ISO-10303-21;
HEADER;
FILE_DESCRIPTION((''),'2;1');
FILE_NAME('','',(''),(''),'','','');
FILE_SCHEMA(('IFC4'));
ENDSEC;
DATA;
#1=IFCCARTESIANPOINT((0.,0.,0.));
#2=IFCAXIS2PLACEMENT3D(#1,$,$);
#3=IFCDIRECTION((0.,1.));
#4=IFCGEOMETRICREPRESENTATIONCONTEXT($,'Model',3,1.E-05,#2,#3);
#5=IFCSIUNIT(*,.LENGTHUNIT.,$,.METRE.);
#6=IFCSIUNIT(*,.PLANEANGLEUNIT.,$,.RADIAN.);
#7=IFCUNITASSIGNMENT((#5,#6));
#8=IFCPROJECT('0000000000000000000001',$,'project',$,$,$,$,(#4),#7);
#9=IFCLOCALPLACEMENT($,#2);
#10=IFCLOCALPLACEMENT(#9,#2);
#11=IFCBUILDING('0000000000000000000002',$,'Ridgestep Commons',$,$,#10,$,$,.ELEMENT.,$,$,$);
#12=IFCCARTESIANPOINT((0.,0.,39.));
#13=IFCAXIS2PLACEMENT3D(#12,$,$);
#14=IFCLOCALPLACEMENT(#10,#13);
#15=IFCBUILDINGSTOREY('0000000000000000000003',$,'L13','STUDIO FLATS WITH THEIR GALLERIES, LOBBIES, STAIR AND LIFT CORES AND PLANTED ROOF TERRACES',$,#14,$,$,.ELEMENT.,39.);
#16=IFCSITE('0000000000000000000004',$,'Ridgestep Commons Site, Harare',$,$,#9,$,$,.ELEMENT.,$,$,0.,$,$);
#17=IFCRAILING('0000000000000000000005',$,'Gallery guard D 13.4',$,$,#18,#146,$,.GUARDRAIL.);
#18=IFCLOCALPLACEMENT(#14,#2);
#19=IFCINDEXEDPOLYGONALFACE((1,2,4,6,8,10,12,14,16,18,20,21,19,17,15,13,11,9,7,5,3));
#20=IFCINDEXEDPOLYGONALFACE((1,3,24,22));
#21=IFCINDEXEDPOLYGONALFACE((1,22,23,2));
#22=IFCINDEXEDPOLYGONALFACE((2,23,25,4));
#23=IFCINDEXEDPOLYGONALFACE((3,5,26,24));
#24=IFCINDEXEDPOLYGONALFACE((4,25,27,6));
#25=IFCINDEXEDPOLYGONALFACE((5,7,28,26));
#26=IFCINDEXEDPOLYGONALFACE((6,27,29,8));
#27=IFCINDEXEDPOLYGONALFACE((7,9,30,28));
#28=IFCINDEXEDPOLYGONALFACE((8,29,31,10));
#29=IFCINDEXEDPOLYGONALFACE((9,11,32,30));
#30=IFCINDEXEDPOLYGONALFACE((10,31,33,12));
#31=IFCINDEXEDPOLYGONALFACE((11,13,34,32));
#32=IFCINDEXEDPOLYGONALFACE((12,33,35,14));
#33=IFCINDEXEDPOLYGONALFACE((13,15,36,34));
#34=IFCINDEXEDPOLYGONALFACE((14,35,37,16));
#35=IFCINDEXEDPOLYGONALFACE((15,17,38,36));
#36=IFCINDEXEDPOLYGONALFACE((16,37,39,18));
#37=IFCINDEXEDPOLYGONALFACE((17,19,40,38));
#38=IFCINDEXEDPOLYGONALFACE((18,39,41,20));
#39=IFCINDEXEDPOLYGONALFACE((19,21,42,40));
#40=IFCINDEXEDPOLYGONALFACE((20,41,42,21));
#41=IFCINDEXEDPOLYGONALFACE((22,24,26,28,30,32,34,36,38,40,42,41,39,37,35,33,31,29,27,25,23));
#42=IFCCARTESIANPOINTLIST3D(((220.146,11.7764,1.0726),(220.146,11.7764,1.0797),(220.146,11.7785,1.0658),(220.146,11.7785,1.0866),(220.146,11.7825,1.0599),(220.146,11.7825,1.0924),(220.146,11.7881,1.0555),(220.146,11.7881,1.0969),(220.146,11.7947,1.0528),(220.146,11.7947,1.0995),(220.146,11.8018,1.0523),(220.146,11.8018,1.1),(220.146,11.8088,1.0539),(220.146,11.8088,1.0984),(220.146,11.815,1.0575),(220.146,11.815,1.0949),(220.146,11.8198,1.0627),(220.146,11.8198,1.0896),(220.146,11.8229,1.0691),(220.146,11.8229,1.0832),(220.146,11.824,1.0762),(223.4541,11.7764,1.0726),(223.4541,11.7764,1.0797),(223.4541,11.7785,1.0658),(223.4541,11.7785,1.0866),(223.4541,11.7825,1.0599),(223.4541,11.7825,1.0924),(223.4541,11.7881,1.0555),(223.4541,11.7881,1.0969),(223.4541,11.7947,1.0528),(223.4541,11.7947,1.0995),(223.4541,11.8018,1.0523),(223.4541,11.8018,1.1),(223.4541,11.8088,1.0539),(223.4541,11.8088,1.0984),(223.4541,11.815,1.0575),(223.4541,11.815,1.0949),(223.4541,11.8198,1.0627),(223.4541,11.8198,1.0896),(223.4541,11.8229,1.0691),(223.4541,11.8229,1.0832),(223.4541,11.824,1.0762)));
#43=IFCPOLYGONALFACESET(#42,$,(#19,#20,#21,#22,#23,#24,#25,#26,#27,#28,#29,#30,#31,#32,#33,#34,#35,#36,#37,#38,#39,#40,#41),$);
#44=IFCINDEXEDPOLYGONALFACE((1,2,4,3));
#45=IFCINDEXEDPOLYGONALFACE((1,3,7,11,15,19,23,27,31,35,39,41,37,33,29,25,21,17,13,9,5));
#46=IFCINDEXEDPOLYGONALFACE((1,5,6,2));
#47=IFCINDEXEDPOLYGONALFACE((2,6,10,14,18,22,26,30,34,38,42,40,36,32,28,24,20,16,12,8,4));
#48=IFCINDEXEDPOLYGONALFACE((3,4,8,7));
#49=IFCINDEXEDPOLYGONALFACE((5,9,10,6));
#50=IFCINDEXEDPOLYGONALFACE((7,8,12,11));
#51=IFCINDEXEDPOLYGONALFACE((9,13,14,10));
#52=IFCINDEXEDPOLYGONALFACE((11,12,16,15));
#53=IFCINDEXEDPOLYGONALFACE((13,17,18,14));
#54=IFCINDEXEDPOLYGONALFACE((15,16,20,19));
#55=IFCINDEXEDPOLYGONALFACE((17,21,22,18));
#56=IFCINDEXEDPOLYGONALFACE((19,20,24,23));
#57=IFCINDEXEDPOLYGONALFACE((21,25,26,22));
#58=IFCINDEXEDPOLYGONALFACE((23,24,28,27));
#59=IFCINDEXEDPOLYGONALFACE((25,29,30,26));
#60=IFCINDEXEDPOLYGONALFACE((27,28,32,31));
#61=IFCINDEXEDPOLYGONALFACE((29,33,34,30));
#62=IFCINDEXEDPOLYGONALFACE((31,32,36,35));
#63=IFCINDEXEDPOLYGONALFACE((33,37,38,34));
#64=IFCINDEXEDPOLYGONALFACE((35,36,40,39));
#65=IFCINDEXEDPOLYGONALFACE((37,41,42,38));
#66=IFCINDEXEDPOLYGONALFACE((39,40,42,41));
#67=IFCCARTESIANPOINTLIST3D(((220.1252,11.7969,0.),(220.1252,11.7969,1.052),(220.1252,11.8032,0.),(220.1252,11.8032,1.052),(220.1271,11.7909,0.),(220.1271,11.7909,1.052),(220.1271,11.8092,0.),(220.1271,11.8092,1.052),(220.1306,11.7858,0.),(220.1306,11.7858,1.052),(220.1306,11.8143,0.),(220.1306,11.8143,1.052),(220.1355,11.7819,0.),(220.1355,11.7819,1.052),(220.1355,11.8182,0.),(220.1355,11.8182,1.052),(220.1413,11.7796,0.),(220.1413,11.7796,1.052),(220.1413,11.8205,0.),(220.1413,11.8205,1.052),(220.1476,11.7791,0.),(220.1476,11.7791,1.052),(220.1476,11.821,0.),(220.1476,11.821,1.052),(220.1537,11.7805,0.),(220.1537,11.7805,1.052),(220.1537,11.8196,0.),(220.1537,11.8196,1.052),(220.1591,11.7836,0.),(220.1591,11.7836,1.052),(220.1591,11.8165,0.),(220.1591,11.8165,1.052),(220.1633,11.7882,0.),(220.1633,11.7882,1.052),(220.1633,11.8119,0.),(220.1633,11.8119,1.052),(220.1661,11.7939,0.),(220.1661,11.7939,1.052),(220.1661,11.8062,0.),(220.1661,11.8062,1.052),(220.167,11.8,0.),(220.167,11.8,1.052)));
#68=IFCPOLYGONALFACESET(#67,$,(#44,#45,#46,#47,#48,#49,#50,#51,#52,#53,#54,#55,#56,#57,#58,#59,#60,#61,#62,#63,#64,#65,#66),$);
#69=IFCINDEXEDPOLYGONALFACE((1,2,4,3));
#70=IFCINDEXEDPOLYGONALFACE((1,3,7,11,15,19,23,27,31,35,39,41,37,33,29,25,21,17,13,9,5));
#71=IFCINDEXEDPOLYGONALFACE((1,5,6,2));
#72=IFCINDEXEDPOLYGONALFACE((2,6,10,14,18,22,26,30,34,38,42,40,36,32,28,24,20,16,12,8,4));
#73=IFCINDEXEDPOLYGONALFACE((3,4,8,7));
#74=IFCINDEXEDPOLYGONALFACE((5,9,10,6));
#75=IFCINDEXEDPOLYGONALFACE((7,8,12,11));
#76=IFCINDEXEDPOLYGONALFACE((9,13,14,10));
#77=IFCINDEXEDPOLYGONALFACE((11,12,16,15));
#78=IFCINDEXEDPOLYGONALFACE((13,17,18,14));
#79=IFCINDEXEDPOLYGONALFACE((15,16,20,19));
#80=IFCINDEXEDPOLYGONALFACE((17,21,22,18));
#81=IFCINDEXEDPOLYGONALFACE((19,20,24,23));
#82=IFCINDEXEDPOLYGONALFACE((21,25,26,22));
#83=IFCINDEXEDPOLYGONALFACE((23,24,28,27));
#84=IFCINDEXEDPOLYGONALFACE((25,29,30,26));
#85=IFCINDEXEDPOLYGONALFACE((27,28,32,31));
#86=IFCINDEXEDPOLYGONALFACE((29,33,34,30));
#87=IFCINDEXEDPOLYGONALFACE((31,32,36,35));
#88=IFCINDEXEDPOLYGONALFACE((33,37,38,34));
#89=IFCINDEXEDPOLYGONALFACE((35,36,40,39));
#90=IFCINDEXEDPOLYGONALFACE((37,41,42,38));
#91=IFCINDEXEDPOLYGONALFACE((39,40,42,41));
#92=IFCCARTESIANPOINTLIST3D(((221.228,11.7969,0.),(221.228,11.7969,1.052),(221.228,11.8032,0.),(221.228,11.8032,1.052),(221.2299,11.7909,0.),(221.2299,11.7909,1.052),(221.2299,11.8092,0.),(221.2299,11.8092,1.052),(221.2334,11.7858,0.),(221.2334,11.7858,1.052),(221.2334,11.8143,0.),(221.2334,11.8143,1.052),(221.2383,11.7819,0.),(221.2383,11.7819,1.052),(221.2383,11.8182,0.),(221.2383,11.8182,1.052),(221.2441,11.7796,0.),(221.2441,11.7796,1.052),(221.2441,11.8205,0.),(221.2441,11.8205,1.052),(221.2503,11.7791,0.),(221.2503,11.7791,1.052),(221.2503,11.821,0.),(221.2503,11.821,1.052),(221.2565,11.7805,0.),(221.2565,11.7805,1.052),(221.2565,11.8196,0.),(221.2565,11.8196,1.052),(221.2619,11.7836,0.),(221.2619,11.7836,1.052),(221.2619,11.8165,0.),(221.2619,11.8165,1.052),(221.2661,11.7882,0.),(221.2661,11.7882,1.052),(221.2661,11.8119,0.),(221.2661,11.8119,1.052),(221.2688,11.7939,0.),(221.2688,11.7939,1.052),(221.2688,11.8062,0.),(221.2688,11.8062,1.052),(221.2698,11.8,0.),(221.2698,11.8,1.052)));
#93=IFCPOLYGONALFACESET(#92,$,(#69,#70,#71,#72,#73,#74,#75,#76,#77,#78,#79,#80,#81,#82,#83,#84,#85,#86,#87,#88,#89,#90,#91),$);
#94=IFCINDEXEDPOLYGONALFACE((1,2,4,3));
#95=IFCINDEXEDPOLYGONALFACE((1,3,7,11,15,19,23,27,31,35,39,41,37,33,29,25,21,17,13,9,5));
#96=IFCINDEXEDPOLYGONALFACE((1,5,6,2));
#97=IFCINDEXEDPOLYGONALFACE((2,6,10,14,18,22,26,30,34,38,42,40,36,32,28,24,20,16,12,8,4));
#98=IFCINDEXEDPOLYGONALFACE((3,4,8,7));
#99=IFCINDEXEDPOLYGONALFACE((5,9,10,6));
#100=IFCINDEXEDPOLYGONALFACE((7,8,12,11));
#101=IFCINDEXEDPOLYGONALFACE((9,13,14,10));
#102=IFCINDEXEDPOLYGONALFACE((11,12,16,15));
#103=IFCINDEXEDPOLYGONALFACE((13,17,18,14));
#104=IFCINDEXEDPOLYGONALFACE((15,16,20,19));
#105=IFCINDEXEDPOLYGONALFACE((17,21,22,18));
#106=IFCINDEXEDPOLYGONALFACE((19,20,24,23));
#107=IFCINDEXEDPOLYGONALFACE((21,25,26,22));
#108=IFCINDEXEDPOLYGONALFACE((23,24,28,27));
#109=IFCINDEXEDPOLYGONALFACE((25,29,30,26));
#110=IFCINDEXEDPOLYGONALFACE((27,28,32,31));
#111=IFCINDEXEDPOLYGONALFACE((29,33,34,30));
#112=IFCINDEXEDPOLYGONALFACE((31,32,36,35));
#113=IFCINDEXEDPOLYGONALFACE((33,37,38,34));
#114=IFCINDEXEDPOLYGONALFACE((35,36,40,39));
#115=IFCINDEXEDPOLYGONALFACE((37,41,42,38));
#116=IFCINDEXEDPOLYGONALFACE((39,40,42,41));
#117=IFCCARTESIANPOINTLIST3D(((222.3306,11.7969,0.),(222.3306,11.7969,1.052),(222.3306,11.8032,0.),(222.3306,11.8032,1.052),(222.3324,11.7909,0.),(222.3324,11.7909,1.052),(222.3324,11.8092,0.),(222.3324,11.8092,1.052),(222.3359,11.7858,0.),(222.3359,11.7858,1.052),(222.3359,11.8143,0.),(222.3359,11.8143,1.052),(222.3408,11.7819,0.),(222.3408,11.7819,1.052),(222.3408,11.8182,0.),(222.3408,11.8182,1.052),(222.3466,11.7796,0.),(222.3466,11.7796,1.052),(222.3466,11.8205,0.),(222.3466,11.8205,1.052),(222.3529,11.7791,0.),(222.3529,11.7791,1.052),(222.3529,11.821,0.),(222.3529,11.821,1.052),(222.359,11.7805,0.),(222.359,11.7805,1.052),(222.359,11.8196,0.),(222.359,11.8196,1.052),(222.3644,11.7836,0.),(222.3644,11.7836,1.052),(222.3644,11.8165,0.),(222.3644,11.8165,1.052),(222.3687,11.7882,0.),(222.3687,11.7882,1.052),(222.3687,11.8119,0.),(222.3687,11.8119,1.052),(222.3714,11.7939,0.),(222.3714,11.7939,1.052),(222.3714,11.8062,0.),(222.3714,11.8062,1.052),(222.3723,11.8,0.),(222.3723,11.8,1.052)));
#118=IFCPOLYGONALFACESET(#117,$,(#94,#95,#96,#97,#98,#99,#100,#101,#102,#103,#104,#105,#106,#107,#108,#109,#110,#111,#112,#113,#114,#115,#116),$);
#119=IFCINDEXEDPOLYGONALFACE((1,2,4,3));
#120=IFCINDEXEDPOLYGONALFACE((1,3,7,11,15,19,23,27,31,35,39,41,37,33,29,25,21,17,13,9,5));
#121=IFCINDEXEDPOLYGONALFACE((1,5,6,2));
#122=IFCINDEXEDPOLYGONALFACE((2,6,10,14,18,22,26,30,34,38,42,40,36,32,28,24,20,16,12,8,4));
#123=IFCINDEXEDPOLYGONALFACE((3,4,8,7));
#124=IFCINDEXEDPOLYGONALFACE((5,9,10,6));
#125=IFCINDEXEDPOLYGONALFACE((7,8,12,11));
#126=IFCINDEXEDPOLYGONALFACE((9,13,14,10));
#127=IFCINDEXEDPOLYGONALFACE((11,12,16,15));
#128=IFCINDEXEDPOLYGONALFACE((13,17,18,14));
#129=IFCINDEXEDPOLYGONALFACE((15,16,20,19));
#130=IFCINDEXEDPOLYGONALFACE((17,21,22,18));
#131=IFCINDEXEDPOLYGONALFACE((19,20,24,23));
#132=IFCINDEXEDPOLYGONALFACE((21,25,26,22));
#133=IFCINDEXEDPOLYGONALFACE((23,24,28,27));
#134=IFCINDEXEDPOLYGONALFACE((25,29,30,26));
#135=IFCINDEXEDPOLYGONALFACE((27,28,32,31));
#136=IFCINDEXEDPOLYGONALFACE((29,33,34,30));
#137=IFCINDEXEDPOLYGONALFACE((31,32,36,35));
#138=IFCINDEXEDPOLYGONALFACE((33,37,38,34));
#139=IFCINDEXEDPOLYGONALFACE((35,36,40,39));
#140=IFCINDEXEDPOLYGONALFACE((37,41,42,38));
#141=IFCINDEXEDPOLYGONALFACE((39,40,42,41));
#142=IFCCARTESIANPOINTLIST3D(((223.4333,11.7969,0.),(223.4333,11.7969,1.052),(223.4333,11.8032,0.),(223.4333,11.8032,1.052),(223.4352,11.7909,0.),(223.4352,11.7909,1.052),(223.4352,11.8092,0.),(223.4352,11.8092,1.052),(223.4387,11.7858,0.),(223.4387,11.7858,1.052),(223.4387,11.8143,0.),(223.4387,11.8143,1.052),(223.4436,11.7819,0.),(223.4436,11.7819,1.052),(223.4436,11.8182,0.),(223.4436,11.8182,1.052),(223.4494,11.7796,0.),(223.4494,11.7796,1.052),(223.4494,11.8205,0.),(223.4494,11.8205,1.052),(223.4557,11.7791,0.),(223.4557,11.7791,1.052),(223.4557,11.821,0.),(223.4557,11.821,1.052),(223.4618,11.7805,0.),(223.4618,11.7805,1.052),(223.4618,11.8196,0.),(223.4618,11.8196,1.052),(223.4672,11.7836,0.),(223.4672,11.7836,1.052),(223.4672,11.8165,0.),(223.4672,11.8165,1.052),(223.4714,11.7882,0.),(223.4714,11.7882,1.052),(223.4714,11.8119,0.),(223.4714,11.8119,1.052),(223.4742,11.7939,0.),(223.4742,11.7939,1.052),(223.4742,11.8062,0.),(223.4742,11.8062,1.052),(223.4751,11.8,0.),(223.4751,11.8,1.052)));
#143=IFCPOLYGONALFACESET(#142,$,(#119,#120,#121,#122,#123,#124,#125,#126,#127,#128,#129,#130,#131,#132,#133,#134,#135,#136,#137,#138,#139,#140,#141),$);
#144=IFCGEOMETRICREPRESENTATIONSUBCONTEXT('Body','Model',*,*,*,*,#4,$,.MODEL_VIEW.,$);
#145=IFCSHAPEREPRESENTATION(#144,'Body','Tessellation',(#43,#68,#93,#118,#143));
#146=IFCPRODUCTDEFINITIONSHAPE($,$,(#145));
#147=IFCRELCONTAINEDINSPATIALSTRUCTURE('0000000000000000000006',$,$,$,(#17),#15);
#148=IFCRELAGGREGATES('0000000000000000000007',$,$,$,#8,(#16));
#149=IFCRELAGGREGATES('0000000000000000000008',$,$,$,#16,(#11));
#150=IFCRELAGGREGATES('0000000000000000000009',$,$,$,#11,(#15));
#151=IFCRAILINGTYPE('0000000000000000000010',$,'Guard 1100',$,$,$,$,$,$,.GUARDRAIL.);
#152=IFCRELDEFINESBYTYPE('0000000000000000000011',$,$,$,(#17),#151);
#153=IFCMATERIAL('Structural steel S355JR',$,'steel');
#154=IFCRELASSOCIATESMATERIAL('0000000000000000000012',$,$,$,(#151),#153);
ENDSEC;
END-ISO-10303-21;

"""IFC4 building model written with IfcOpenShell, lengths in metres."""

from ifc_helpers import new_model, si_unit, direction, frame, origin, origin_2d, place, context, subcontext, project, spatial, circle, extrude, material, type_object, element, save


model = new_model("IFC4")

# Units and contexts
model_context = context("Model", 3, precision=1e-05, world=origin(), true_north=direction((0.0, 1.0)))
body_context = subcontext(model_context, "Body", "Model", "MODEL_VIEW")
ifc_project = project(units=[si_unit("LENGTHUNIT", "METRE"), si_unit("PLANEANGLEUNIT", "RADIAN")], contexts=[model_context])

# Site, building, storey
site_placement = place(None, origin())
site = spatial("IfcSite", under=ifc_project, at=site_placement, Name="Ridgestep Commons Site, Harare", CompositionType="ELEMENT", RefElevation=0.0)
building_placement = place(site_placement, origin())
building = spatial("IfcBuilding", under=site, at=building_placement, Name="Ridgestep Commons", CompositionType="ELEMENT")
storey_placement = place(building_placement, frame((0.0, 0.0, 39.0)))
storey = spatial("IfcBuildingStorey", under=building, at=storey_placement, Name="L13", Description="STUDIO FLATS WITH THEIR GALLERIES, LOBBIES, STAIR AND LIFT CORES AND PLANTED ROOF TERRACES", CompositionType="ELEMENT", Elevation=39.0)

# Railing
ifc_material_1 = material(Name="Structural steel S355JR", Category="steel")
railing_type_1 = type_object("IfcRailingType", Name="Guard 1100", PredefinedType="GUARDRAIL", material=ifc_material_1)
railing_1_placement = place(storey_placement, frame((220.146, 11.8, 0.0)))
element("IfcRailing", 1, at=railing_1_placement, inside=storey, type_object=railing_type_1, Name="Gallery guard D 13.4", PredefinedType="GUARDRAIL", context=body_context, shape_type="SweptSolid", body=[
    extrude(circle(Radius=0.0239, at=origin_2d()), frame((0.0, 0.0, 1.0762), z_axis=(1.0, 0.0, 0.0), x_axis=(0.0, 1.0, 0.0)), (0.0, 0.0, 1.0), 3.3081),
    extrude(circle(Radius=0.021, at=origin_2d()), origin(), (0.0, 0.0, 1.0), 1.052),
    extrude(circle(Radius=0.021, at=origin_2d()), frame((1.1028, 0.0, 0.0)), (0.0, 0.0, 1.0), 1.052),
    extrude(circle(Radius=0.021, at=origin_2d()), frame((2.2053, 0.0, 0.0)), (0.0, 0.0, 1.0), 1.052),
    extrude(circle(Radius=0.021, at=origin_2d()), frame((3.3081, 0.0, 0.0)), (0.0, 0.0, 1.0), 1.052),
])

save(model, "model.ifc")
